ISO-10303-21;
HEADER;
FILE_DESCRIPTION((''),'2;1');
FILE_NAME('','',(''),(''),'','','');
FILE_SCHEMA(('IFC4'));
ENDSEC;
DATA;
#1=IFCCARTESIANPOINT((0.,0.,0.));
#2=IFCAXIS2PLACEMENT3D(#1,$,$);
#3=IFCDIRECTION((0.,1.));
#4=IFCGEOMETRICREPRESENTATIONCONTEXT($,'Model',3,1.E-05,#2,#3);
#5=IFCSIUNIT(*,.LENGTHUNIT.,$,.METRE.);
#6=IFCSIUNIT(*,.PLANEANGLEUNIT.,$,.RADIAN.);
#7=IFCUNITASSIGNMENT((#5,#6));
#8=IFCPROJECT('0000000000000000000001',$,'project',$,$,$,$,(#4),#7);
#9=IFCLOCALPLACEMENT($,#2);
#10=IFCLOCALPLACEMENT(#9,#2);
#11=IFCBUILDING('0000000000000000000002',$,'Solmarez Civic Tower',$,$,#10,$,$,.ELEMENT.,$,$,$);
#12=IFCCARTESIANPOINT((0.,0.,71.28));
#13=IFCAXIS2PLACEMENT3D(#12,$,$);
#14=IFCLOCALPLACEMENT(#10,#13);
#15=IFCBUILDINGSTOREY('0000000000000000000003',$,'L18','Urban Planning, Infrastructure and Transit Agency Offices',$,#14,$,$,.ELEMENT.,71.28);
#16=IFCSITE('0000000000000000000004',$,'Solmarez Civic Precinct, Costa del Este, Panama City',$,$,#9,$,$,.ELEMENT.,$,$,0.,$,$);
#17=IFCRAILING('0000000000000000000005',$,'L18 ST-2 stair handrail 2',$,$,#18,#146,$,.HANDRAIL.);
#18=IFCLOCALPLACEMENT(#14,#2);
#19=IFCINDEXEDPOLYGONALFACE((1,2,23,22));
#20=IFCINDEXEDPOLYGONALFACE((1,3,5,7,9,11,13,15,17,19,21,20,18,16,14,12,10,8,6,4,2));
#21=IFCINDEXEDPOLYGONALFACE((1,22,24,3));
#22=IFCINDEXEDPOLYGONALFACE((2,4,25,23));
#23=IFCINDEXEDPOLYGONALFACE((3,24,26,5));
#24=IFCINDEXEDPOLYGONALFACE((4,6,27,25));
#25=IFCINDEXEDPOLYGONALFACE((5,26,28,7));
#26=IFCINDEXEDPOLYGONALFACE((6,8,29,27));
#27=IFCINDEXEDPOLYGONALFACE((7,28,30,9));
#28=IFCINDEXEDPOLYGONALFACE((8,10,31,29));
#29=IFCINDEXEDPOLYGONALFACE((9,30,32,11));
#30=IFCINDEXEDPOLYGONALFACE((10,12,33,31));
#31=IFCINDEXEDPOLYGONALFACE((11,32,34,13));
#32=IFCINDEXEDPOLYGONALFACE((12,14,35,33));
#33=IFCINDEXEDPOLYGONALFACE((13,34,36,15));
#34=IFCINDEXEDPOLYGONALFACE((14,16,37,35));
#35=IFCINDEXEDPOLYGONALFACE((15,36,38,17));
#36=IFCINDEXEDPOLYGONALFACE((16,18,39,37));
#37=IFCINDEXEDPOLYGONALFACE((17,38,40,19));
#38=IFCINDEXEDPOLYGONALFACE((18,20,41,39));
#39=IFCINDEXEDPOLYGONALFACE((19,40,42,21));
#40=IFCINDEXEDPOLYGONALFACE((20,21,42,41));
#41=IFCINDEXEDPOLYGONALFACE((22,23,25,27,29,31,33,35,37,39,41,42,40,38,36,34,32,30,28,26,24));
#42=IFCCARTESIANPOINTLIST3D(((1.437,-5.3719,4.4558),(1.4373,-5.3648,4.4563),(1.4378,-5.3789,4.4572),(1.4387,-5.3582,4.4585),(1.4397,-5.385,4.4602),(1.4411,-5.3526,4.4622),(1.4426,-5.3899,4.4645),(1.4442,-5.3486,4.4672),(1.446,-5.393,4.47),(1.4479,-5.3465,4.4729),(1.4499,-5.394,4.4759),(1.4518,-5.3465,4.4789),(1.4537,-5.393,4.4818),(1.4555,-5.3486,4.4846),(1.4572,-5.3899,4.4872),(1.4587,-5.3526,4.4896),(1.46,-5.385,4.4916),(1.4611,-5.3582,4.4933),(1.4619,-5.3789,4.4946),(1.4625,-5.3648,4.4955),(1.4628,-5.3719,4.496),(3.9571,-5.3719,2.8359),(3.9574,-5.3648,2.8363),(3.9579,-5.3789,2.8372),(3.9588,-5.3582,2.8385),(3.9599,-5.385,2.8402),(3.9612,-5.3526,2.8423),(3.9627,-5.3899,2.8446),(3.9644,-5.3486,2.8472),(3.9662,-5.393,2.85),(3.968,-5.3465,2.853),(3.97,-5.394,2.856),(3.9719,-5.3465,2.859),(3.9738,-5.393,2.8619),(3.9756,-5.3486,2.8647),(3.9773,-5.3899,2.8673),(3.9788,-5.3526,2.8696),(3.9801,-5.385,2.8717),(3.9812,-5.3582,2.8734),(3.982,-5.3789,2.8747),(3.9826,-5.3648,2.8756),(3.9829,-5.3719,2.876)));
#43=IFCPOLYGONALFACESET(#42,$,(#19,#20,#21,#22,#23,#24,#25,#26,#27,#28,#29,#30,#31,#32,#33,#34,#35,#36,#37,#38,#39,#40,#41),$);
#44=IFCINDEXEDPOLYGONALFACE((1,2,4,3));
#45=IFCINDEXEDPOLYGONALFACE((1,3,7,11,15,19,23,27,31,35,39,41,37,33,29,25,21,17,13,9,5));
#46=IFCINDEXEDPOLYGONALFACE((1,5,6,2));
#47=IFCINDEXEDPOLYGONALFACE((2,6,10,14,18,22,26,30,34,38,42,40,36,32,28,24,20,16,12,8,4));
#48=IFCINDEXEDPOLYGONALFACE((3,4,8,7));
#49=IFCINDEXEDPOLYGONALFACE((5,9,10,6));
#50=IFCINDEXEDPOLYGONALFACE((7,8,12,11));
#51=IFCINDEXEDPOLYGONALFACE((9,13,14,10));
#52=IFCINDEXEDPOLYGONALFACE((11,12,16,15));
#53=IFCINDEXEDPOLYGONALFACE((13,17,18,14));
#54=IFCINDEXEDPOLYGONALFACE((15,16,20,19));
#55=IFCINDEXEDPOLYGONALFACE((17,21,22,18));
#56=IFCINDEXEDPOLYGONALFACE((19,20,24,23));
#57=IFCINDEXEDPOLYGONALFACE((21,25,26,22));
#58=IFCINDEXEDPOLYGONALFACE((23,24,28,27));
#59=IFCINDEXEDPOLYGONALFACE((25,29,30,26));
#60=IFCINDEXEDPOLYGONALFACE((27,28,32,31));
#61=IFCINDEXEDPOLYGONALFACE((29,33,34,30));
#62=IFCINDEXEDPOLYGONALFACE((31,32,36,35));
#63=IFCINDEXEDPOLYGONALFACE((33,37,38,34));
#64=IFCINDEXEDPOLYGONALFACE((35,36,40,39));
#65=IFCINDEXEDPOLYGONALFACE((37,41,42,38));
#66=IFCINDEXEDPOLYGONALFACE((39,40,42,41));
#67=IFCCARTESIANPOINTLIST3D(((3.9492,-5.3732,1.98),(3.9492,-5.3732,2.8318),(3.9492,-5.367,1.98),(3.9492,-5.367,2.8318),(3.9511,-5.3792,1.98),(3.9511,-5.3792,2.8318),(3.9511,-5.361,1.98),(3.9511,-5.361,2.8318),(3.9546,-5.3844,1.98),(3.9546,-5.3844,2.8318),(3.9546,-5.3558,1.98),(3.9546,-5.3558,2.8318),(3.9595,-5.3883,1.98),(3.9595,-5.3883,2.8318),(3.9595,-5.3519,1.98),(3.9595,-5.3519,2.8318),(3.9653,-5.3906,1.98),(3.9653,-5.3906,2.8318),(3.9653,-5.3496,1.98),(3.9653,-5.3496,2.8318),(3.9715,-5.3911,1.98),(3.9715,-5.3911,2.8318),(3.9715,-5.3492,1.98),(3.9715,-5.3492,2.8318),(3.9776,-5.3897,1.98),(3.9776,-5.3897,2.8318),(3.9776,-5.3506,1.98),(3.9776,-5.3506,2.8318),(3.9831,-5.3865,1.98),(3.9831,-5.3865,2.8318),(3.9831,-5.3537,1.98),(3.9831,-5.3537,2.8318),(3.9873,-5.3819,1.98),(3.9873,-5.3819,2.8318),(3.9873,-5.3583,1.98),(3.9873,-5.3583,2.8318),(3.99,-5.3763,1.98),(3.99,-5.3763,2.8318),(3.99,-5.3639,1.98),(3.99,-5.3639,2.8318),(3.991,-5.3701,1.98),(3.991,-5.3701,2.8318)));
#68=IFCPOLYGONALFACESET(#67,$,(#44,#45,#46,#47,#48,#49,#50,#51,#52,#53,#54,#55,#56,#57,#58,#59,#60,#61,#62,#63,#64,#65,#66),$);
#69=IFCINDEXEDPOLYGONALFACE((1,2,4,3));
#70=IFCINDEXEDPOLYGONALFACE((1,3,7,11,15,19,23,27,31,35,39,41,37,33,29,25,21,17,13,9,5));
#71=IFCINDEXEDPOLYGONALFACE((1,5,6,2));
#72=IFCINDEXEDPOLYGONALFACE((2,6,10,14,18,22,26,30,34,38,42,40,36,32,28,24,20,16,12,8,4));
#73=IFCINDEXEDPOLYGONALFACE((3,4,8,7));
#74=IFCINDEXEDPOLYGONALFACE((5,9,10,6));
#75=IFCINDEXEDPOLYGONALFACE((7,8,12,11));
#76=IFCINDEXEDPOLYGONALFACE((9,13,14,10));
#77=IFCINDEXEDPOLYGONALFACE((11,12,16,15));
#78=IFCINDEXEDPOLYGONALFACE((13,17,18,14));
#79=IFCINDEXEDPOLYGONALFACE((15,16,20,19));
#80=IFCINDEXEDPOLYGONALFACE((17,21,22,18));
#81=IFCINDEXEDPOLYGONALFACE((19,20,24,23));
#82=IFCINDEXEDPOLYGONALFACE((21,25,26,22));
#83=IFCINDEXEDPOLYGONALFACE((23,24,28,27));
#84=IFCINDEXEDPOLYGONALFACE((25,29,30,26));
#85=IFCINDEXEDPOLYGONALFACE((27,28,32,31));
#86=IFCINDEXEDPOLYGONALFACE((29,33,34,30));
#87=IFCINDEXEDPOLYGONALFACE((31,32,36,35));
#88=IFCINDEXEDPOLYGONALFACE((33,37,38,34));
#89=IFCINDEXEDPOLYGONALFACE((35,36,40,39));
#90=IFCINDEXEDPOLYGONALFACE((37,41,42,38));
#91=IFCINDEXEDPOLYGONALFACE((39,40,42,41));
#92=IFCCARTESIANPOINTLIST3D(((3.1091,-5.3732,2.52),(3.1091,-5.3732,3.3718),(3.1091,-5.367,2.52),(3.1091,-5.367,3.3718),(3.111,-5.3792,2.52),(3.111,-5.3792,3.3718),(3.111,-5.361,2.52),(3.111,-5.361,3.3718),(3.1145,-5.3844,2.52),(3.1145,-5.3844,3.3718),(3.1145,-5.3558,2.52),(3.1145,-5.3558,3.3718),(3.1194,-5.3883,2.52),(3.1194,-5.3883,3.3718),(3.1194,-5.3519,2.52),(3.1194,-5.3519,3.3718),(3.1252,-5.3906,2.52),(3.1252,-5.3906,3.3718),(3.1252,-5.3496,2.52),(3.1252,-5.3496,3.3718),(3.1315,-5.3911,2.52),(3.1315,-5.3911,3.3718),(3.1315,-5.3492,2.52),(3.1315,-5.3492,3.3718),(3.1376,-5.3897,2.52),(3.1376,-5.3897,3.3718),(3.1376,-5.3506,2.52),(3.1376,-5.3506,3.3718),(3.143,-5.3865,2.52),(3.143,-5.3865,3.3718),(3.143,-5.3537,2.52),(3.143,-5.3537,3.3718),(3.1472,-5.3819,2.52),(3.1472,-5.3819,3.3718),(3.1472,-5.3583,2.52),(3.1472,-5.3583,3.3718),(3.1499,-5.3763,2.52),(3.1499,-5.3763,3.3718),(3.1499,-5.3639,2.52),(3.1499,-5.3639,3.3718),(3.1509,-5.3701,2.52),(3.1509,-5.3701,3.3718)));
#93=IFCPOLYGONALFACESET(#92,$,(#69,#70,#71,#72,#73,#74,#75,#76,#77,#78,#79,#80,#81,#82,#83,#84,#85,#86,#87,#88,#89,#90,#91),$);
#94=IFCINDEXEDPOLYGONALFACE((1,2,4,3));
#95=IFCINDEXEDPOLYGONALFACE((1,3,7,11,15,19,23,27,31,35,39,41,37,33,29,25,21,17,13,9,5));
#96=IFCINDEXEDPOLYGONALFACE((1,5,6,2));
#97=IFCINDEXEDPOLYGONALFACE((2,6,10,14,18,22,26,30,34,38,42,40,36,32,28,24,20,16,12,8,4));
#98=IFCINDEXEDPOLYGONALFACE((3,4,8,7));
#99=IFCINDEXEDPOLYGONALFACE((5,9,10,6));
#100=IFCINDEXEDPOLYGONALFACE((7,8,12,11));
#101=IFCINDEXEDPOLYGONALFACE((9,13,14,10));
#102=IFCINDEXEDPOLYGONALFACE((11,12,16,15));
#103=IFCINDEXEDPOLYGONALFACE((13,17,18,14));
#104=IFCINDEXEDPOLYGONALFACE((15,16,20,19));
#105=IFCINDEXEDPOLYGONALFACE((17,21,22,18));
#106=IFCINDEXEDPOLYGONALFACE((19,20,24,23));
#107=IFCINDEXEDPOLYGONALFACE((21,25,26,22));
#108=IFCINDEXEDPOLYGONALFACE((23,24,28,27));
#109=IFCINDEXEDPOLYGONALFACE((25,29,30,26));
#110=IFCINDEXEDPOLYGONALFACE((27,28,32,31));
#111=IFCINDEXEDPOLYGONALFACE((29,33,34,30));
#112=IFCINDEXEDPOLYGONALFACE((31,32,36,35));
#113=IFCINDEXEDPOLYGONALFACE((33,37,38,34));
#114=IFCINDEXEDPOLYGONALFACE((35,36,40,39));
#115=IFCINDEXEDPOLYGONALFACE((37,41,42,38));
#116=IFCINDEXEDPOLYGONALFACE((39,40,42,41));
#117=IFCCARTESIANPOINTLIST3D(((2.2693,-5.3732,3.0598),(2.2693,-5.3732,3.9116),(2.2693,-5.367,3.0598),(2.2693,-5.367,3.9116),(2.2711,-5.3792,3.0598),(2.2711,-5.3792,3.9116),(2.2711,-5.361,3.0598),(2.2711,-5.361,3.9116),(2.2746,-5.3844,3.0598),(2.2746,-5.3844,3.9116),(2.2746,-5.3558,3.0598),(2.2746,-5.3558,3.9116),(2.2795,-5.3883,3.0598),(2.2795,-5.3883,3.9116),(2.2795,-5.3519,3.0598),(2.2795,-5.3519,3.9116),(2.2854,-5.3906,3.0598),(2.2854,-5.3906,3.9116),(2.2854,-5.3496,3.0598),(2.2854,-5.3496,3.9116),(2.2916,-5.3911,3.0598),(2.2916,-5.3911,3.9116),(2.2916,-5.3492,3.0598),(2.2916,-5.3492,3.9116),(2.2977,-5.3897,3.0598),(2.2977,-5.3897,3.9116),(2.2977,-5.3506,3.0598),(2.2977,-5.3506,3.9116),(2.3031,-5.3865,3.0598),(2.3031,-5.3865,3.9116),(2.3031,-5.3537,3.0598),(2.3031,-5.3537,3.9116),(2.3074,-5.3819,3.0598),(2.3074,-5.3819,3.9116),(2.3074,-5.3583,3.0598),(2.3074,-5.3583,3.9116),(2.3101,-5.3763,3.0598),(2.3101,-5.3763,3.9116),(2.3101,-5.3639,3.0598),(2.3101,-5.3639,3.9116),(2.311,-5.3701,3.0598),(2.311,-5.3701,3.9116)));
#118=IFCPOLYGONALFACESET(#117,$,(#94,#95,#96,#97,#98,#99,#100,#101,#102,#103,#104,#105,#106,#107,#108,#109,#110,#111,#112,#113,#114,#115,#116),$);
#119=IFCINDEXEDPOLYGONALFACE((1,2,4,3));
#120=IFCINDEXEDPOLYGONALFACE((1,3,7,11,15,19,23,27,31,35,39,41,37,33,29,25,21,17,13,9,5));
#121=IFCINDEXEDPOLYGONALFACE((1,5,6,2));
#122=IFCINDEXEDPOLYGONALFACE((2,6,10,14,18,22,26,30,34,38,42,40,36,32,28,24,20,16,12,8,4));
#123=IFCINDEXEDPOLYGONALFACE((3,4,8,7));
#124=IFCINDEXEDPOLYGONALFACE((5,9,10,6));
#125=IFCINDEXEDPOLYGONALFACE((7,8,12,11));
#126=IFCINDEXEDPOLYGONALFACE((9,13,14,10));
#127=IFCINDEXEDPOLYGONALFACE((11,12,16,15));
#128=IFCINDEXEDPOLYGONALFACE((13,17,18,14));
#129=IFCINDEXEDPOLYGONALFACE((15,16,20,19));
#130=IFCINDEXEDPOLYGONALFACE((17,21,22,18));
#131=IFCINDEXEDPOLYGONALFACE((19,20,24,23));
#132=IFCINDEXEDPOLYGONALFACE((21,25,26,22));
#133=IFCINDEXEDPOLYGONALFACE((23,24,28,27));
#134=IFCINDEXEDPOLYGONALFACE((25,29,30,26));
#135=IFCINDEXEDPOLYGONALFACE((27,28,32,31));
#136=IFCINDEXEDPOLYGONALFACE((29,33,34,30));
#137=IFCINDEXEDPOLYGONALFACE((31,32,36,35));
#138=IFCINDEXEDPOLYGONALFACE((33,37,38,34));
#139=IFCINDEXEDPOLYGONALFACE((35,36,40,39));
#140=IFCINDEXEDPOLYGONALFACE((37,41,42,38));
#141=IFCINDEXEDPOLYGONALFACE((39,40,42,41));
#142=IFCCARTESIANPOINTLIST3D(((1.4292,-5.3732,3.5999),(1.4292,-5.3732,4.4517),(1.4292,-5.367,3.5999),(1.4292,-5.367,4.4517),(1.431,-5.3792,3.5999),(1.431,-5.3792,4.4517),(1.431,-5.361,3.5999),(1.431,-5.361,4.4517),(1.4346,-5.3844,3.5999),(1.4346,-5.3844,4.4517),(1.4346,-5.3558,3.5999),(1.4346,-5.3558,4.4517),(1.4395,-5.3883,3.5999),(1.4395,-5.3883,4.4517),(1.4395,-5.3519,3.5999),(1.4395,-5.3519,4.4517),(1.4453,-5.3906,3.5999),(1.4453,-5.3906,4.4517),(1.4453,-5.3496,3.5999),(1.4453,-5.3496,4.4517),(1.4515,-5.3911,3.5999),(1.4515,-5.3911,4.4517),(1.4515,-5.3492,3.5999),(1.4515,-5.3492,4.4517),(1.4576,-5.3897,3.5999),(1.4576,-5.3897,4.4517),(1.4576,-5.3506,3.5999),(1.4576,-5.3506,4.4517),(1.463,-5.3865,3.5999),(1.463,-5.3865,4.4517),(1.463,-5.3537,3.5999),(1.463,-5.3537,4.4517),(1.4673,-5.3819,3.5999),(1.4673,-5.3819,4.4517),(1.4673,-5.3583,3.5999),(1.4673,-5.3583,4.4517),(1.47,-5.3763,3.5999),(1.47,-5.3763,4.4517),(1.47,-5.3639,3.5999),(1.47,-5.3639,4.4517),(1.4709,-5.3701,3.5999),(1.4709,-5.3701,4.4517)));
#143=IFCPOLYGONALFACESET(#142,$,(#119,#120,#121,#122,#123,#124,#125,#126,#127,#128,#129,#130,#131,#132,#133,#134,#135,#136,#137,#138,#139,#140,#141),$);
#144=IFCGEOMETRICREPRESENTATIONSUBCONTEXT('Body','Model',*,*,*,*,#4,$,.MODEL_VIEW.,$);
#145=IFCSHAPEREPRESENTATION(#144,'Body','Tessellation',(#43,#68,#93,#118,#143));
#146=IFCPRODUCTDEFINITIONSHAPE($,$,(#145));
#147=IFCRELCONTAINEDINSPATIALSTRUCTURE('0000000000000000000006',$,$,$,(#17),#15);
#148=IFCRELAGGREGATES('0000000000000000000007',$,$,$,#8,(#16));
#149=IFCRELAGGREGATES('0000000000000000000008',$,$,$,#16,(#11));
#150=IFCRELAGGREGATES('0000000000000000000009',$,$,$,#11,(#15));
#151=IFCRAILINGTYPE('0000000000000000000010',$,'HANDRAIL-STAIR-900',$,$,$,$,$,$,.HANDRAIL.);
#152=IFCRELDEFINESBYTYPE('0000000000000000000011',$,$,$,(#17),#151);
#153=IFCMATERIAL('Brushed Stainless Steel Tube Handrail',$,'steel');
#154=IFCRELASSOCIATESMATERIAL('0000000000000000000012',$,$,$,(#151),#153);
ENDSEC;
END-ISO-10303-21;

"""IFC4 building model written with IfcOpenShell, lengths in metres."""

from ifc_helpers import new_model, si_unit, direction, frame, origin, origin_2d, place, context, subcontext, project, spatial, circle, extrude, material, type_object, element, save


model = new_model("IFC4")

# Units and contexts
model_context = context("Model", 3, precision=1e-05, world=origin(), true_north=direction((0.0, 1.0)))
body_context = subcontext(model_context, "Body", "Model", "MODEL_VIEW")
ifc_project = project(units=[si_unit("LENGTHUNIT", "METRE"), si_unit("PLANEANGLEUNIT", "RADIAN")], contexts=[model_context])

# Site, building, storey
site_placement = place(None, origin())
site = spatial("IfcSite", under=ifc_project, at=site_placement, Name="Solmarez Civic Precinct, Costa del Este, Panama City", CompositionType="ELEMENT", RefElevation=0.0)
building_placement = place(site_placement, origin())
building = spatial("IfcBuilding", under=site, at=building_placement, Name="Solmarez Civic Tower", CompositionType="ELEMENT")
storey_placement = place(building_placement, frame((0.0, 0.0, 71.28)))
storey = spatial("IfcBuildingStorey", under=building, at=storey_placement, Name="L18", Description="Urban Planning, Infrastructure and Transit Agency Offices", CompositionType="ELEMENT", Elevation=71.28)

# Railing
ifc_material_1 = material(Name="Brushed Stainless Steel Tube Handrail", Category="steel")
railing_type_1 = type_object("IfcRailingType", Name="HANDRAIL-STAIR-900", PredefinedType="HANDRAIL", material=ifc_material_1)
railing_1_placement = place(storey_placement, frame((3.97, -5.3701, 1.98)))
element("IfcRailing", 1, at=railing_1_placement, inside=storey, type_object=railing_type_1, Name="L18 ST-2 stair handrail 2", PredefinedType="HANDRAIL", context=body_context, shape_type="SweptSolid", body=[
    extrude(circle(Radius=0.0239, at=origin_2d()), frame((0.0, 0.0, 0.876), z_axis=(-0.8412, 0.0, 0.540725), x_axis=(0.0, -1.0, 0.0)), (0.0, 0.0, 1.0), 2.9958),
    extrude(circle(Radius=0.021, at=origin_2d()), origin(), (0.0, 0.0, 1.0), 0.8518),
    extrude(circle(Radius=0.021, at=origin_2d()), frame((-0.8401, 0.0, 0.54)), (0.0, 0.0, 1.0), 0.8518),
    extrude(circle(Radius=0.021, at=origin_2d()), frame((-1.6799, 0.0, 1.0798)), (0.0, 0.0, 1.0), 0.8518),
    extrude(circle(Radius=0.021, at=origin_2d()), frame((-2.52, 0.0, 1.6199)), (0.0, 0.0, 1.0), 0.8518),
])

save(model, "model.ifc")
